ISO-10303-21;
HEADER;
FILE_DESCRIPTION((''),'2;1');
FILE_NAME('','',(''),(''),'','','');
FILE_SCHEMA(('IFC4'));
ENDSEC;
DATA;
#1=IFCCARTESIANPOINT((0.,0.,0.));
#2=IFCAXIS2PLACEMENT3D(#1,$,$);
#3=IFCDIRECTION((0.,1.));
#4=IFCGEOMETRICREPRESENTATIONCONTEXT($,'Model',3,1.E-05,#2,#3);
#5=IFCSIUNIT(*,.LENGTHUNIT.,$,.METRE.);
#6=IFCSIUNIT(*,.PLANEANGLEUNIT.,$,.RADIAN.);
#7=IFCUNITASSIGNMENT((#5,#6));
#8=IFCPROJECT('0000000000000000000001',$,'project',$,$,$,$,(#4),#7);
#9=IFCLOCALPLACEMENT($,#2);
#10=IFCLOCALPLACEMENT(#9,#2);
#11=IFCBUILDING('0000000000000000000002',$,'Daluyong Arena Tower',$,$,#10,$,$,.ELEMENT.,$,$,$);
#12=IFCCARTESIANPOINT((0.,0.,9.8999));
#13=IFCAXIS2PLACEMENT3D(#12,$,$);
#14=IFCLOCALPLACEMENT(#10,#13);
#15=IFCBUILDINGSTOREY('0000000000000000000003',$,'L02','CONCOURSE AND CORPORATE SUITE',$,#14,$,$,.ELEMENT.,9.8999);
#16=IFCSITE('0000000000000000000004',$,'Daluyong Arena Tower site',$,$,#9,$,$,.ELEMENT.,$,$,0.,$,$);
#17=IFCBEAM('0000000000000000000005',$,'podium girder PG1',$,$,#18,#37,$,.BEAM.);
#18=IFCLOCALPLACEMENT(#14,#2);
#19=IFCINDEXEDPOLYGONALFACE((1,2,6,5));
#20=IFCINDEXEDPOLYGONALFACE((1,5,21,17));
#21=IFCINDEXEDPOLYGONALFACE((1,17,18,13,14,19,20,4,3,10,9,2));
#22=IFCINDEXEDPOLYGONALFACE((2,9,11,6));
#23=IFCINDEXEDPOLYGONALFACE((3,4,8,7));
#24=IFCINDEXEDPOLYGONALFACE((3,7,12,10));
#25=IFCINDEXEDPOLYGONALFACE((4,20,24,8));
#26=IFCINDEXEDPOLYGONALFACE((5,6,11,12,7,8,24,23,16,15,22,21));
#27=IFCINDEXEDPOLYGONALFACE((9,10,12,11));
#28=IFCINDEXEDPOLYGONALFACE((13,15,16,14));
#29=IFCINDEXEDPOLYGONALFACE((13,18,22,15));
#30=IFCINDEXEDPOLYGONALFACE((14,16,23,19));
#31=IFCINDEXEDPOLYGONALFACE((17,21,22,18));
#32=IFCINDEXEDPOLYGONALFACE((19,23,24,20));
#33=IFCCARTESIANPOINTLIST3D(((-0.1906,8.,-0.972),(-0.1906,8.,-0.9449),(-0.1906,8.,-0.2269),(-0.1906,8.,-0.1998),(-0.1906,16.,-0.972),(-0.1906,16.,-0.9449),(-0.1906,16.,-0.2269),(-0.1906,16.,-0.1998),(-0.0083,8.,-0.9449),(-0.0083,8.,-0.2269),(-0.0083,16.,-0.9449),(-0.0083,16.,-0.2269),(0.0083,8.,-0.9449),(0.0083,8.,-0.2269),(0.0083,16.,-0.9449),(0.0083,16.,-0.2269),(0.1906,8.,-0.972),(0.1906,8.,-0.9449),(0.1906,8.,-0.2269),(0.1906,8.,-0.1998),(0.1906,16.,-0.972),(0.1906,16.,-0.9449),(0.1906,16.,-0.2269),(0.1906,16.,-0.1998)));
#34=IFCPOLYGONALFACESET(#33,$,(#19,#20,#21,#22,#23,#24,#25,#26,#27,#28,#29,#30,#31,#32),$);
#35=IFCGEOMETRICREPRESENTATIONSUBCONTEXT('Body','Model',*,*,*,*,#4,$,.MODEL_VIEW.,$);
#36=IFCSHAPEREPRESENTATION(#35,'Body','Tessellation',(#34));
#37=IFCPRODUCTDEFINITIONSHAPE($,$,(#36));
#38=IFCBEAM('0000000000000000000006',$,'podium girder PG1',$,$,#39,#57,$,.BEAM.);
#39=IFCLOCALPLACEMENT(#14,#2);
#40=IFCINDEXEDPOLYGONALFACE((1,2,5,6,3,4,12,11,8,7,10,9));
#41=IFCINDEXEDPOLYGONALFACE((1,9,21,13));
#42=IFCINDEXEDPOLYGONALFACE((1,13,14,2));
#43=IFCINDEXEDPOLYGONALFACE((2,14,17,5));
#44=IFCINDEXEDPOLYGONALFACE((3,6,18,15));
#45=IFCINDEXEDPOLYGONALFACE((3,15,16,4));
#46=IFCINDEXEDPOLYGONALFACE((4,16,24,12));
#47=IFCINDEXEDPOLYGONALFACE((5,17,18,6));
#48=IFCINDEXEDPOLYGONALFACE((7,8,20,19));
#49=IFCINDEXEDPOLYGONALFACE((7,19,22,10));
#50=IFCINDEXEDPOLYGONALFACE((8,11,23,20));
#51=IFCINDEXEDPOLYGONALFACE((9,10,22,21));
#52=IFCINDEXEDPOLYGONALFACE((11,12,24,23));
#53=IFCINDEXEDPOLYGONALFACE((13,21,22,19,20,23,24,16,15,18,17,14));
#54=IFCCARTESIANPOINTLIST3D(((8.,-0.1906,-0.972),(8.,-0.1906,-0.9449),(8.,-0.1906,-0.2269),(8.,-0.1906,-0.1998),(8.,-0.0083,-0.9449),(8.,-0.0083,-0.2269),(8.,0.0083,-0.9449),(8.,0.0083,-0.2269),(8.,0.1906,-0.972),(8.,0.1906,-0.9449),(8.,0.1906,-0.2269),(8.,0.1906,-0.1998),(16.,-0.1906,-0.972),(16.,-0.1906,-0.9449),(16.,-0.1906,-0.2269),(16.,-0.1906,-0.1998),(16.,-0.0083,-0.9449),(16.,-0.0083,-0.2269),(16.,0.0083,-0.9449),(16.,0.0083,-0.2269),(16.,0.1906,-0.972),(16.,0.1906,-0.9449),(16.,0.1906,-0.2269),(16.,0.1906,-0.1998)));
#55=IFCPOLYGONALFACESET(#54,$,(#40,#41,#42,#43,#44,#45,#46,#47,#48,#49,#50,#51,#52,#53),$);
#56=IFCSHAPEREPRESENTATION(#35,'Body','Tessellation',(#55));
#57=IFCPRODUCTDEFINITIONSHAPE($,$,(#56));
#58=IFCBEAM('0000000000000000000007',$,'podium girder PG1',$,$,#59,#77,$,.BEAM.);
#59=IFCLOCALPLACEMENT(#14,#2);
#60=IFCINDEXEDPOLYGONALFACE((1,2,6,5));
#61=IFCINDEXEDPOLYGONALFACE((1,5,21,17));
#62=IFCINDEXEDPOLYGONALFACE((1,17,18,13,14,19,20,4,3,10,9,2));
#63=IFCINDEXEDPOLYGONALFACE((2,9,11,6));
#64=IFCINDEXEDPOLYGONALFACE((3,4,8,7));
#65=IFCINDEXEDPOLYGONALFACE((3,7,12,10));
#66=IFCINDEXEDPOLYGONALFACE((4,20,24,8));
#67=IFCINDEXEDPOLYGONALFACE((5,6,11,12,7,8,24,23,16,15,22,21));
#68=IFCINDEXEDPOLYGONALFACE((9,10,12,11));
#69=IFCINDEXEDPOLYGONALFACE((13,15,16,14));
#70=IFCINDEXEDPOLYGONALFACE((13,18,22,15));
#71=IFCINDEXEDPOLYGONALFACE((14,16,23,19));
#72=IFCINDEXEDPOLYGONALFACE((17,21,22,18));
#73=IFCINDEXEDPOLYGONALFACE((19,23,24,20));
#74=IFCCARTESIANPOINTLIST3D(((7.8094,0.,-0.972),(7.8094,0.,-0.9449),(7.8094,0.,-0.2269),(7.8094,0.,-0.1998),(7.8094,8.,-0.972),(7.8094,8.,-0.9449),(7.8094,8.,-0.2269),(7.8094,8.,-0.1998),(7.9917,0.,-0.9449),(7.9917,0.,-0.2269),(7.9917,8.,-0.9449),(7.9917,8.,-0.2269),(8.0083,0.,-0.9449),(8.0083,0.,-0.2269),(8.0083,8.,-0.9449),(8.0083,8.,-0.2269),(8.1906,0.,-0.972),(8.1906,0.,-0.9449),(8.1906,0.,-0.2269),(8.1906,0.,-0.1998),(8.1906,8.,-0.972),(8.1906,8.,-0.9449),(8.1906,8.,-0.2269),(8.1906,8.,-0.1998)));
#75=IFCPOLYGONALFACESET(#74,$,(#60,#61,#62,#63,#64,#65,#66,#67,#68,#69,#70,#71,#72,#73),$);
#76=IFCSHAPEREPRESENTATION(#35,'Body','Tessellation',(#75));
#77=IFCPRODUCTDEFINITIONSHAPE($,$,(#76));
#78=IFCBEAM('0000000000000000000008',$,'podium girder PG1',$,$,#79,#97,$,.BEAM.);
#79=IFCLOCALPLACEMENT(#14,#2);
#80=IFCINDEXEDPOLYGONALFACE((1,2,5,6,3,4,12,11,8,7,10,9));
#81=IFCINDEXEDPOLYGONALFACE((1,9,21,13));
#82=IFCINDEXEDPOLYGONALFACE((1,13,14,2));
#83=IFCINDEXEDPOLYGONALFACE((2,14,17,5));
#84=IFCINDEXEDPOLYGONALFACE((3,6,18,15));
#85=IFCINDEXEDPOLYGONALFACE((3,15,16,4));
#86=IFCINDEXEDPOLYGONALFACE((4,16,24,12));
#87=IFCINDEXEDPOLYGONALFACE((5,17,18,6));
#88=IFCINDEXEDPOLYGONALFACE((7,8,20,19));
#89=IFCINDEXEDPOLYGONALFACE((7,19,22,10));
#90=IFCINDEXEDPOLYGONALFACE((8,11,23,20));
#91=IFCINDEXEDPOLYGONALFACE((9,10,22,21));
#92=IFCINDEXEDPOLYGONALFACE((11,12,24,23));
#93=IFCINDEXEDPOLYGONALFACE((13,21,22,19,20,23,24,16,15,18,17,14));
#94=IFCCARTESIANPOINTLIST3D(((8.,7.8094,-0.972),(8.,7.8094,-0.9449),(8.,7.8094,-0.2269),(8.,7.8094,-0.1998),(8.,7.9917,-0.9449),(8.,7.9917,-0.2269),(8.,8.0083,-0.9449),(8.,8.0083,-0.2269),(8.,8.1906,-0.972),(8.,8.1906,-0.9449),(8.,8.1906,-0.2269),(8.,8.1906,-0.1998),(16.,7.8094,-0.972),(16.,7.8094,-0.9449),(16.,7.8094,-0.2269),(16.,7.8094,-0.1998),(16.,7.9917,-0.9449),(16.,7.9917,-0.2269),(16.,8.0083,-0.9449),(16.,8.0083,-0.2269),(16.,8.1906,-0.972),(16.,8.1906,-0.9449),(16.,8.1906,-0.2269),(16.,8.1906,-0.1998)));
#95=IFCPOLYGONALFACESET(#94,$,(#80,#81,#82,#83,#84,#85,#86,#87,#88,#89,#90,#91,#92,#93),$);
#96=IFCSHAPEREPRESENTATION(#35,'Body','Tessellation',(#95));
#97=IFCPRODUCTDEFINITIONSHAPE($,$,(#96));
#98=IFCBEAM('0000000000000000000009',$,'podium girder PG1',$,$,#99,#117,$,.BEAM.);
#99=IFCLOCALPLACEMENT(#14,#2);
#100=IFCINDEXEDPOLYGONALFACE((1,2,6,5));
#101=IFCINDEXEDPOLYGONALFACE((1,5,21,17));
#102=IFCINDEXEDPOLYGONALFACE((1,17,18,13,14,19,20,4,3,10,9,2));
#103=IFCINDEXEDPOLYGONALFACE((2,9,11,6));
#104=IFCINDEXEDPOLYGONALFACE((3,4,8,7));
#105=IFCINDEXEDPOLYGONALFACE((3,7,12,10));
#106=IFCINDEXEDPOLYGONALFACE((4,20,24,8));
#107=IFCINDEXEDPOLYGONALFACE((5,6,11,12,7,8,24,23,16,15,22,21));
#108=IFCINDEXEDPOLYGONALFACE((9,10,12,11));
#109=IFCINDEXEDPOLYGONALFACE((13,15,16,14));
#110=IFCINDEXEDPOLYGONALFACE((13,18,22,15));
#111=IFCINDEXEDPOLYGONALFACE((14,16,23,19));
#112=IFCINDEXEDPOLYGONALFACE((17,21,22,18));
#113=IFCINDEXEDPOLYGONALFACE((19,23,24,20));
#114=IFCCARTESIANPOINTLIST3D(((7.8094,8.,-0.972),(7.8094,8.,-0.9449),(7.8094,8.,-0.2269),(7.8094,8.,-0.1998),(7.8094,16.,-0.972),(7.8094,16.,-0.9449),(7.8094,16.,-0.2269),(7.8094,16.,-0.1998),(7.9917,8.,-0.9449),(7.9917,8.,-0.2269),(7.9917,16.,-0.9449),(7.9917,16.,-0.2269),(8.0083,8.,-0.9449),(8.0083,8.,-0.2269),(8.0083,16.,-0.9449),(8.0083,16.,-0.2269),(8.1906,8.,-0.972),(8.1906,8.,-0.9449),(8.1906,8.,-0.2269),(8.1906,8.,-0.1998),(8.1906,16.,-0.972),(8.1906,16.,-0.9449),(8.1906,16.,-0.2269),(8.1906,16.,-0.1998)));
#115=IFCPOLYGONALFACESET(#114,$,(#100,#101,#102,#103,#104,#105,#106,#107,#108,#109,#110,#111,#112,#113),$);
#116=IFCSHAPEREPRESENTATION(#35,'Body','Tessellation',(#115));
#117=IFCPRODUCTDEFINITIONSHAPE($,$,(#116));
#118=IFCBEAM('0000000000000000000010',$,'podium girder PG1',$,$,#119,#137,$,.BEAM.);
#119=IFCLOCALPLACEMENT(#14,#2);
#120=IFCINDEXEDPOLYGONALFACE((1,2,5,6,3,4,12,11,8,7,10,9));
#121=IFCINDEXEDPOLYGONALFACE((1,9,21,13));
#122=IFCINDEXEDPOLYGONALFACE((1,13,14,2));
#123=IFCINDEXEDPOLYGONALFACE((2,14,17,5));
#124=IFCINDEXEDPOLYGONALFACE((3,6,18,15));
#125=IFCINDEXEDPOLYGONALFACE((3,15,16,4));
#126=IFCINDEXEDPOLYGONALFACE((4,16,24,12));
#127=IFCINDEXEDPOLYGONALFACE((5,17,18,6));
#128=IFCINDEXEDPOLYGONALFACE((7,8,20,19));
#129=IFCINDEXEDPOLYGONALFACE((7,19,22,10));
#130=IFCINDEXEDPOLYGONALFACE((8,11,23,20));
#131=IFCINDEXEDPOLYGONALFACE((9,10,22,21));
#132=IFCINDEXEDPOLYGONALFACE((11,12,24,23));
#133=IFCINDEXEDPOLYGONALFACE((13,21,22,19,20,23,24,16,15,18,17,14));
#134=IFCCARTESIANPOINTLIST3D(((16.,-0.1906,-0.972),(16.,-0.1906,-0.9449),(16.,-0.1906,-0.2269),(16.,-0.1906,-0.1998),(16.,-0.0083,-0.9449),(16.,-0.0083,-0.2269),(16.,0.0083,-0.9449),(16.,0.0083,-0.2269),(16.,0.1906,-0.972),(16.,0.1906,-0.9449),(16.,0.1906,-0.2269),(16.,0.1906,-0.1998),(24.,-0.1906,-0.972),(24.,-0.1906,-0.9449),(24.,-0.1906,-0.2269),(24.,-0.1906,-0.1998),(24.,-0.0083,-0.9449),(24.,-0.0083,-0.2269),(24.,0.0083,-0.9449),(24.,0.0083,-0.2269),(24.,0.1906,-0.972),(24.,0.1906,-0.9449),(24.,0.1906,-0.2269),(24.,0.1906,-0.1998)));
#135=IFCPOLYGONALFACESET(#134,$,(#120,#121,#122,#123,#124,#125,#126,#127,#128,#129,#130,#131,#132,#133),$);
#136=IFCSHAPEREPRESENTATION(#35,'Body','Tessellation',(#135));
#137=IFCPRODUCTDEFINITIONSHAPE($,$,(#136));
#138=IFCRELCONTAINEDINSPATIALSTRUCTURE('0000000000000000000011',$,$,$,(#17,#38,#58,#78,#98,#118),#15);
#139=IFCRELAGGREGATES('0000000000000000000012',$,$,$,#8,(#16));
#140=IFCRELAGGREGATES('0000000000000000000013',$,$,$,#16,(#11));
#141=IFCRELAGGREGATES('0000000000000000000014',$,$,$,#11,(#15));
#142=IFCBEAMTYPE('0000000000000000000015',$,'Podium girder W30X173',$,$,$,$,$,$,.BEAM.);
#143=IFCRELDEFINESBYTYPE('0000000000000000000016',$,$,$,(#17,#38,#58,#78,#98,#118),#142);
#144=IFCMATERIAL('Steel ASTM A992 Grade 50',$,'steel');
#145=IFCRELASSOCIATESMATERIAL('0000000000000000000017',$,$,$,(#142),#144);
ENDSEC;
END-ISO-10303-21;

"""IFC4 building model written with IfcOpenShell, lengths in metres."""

from ifc_helpers import new_model, si_unit, direction, frame, origin, origin_2d, place, context, subcontext, project, spatial, i_section, extrude, material, material_profile, profile_set, type_object, element, save


model = new_model("IFC4")

# Units and contexts
model_context = context("Model", 3, precision=1e-05, world=origin(), true_north=direction((0.0, 1.0)))
body_context = subcontext(model_context, "Body", "Model", "MODEL_VIEW")
ifc_project = project(units=[si_unit("LENGTHUNIT", "METRE"), si_unit("PLANEANGLEUNIT", "RADIAN")], contexts=[model_context])

# Site, building, storey
site_placement = place(None, origin())
site = spatial("IfcSite", under=ifc_project, at=site_placement, Name="Daluyong Arena Tower site", CompositionType="ELEMENT", RefElevation=0.0)
building_placement = place(site_placement, origin())
building = spatial("IfcBuilding", under=site, at=building_placement, Name="Daluyong Arena Tower", CompositionType="ELEMENT")
storey_placement = place(building_placement, frame((0.0, 0.0, 9.8999)))
storey = spatial("IfcBuildingStorey", under=building, at=storey_placement, Name="L02", Description="CONCOURSE AND CORPORATE SUITE", CompositionType="ELEMENT", Elevation=9.8999)

# Beams
ifc_material_1 = material(Name="Steel ASTM A992 Grade 50", Category="steel")
ifc_material_profile_1 = material_profile(ifc_material_1, i_section(OverallWidth=0.3811, OverallDepth=0.7722, WebThickness=0.0166, FlangeThickness=0.0271, at=origin_2d()))
ifc_profile_set_1 = profile_set([ifc_material_profile_1], Name="Steel ASTM A992 Grade 50")
beam_type_1 = type_object("IfcBeamType", Name="Podium girder W30X173", PredefinedType="BEAM", material=ifc_profile_set_1)
for number, where, z_axis, x_axis, name in (
    (1, (0.0, 8.0, -0.5859), (0.0, 1.0, 0.0), (-1.0, 0.0, 0.0), "podium girder PG1"),
    (2, (8.0, 0.0, -0.5859), (1.0, 0.0, 0.0), (0.0, 1.0, 0.0), "podium girder PG1"),
    (3, (8.0, 0.0, -0.5859), (0.0, 1.0, 0.0), (-1.0, 0.0, 0.0), "podium girder PG1"),
    (4, (8.0, 8.0, -0.5859), (1.0, 0.0, 0.0), (0.0, 1.0, 0.0), "podium girder PG1"),
    (5, (8.0, 8.0, -0.5859), (0.0, 1.0, 0.0), (-1.0, 0.0, 0.0), "podium girder PG1"),
    (6, (16.0, 0.0, -0.5859), (1.0, 0.0, 0.0), (0.0, 1.0, 0.0), "podium girder PG1"),
):
    element("IfcBeam", number, at=place(storey_placement, frame(where, z_axis=z_axis, x_axis=x_axis)), inside=storey, type_object=beam_type_1, Name=name, PredefinedType="BEAM", context=body_context, shape_type="SweptSolid", body=[
        extrude(i_section(OverallWidth=0.3811, OverallDepth=0.7722, WebThickness=0.0166, FlangeThickness=0.0271, at=origin_2d()), origin(), (0.0, 0.0, 1.0), 8.0),
    ])

save(model, "model.ifc")
